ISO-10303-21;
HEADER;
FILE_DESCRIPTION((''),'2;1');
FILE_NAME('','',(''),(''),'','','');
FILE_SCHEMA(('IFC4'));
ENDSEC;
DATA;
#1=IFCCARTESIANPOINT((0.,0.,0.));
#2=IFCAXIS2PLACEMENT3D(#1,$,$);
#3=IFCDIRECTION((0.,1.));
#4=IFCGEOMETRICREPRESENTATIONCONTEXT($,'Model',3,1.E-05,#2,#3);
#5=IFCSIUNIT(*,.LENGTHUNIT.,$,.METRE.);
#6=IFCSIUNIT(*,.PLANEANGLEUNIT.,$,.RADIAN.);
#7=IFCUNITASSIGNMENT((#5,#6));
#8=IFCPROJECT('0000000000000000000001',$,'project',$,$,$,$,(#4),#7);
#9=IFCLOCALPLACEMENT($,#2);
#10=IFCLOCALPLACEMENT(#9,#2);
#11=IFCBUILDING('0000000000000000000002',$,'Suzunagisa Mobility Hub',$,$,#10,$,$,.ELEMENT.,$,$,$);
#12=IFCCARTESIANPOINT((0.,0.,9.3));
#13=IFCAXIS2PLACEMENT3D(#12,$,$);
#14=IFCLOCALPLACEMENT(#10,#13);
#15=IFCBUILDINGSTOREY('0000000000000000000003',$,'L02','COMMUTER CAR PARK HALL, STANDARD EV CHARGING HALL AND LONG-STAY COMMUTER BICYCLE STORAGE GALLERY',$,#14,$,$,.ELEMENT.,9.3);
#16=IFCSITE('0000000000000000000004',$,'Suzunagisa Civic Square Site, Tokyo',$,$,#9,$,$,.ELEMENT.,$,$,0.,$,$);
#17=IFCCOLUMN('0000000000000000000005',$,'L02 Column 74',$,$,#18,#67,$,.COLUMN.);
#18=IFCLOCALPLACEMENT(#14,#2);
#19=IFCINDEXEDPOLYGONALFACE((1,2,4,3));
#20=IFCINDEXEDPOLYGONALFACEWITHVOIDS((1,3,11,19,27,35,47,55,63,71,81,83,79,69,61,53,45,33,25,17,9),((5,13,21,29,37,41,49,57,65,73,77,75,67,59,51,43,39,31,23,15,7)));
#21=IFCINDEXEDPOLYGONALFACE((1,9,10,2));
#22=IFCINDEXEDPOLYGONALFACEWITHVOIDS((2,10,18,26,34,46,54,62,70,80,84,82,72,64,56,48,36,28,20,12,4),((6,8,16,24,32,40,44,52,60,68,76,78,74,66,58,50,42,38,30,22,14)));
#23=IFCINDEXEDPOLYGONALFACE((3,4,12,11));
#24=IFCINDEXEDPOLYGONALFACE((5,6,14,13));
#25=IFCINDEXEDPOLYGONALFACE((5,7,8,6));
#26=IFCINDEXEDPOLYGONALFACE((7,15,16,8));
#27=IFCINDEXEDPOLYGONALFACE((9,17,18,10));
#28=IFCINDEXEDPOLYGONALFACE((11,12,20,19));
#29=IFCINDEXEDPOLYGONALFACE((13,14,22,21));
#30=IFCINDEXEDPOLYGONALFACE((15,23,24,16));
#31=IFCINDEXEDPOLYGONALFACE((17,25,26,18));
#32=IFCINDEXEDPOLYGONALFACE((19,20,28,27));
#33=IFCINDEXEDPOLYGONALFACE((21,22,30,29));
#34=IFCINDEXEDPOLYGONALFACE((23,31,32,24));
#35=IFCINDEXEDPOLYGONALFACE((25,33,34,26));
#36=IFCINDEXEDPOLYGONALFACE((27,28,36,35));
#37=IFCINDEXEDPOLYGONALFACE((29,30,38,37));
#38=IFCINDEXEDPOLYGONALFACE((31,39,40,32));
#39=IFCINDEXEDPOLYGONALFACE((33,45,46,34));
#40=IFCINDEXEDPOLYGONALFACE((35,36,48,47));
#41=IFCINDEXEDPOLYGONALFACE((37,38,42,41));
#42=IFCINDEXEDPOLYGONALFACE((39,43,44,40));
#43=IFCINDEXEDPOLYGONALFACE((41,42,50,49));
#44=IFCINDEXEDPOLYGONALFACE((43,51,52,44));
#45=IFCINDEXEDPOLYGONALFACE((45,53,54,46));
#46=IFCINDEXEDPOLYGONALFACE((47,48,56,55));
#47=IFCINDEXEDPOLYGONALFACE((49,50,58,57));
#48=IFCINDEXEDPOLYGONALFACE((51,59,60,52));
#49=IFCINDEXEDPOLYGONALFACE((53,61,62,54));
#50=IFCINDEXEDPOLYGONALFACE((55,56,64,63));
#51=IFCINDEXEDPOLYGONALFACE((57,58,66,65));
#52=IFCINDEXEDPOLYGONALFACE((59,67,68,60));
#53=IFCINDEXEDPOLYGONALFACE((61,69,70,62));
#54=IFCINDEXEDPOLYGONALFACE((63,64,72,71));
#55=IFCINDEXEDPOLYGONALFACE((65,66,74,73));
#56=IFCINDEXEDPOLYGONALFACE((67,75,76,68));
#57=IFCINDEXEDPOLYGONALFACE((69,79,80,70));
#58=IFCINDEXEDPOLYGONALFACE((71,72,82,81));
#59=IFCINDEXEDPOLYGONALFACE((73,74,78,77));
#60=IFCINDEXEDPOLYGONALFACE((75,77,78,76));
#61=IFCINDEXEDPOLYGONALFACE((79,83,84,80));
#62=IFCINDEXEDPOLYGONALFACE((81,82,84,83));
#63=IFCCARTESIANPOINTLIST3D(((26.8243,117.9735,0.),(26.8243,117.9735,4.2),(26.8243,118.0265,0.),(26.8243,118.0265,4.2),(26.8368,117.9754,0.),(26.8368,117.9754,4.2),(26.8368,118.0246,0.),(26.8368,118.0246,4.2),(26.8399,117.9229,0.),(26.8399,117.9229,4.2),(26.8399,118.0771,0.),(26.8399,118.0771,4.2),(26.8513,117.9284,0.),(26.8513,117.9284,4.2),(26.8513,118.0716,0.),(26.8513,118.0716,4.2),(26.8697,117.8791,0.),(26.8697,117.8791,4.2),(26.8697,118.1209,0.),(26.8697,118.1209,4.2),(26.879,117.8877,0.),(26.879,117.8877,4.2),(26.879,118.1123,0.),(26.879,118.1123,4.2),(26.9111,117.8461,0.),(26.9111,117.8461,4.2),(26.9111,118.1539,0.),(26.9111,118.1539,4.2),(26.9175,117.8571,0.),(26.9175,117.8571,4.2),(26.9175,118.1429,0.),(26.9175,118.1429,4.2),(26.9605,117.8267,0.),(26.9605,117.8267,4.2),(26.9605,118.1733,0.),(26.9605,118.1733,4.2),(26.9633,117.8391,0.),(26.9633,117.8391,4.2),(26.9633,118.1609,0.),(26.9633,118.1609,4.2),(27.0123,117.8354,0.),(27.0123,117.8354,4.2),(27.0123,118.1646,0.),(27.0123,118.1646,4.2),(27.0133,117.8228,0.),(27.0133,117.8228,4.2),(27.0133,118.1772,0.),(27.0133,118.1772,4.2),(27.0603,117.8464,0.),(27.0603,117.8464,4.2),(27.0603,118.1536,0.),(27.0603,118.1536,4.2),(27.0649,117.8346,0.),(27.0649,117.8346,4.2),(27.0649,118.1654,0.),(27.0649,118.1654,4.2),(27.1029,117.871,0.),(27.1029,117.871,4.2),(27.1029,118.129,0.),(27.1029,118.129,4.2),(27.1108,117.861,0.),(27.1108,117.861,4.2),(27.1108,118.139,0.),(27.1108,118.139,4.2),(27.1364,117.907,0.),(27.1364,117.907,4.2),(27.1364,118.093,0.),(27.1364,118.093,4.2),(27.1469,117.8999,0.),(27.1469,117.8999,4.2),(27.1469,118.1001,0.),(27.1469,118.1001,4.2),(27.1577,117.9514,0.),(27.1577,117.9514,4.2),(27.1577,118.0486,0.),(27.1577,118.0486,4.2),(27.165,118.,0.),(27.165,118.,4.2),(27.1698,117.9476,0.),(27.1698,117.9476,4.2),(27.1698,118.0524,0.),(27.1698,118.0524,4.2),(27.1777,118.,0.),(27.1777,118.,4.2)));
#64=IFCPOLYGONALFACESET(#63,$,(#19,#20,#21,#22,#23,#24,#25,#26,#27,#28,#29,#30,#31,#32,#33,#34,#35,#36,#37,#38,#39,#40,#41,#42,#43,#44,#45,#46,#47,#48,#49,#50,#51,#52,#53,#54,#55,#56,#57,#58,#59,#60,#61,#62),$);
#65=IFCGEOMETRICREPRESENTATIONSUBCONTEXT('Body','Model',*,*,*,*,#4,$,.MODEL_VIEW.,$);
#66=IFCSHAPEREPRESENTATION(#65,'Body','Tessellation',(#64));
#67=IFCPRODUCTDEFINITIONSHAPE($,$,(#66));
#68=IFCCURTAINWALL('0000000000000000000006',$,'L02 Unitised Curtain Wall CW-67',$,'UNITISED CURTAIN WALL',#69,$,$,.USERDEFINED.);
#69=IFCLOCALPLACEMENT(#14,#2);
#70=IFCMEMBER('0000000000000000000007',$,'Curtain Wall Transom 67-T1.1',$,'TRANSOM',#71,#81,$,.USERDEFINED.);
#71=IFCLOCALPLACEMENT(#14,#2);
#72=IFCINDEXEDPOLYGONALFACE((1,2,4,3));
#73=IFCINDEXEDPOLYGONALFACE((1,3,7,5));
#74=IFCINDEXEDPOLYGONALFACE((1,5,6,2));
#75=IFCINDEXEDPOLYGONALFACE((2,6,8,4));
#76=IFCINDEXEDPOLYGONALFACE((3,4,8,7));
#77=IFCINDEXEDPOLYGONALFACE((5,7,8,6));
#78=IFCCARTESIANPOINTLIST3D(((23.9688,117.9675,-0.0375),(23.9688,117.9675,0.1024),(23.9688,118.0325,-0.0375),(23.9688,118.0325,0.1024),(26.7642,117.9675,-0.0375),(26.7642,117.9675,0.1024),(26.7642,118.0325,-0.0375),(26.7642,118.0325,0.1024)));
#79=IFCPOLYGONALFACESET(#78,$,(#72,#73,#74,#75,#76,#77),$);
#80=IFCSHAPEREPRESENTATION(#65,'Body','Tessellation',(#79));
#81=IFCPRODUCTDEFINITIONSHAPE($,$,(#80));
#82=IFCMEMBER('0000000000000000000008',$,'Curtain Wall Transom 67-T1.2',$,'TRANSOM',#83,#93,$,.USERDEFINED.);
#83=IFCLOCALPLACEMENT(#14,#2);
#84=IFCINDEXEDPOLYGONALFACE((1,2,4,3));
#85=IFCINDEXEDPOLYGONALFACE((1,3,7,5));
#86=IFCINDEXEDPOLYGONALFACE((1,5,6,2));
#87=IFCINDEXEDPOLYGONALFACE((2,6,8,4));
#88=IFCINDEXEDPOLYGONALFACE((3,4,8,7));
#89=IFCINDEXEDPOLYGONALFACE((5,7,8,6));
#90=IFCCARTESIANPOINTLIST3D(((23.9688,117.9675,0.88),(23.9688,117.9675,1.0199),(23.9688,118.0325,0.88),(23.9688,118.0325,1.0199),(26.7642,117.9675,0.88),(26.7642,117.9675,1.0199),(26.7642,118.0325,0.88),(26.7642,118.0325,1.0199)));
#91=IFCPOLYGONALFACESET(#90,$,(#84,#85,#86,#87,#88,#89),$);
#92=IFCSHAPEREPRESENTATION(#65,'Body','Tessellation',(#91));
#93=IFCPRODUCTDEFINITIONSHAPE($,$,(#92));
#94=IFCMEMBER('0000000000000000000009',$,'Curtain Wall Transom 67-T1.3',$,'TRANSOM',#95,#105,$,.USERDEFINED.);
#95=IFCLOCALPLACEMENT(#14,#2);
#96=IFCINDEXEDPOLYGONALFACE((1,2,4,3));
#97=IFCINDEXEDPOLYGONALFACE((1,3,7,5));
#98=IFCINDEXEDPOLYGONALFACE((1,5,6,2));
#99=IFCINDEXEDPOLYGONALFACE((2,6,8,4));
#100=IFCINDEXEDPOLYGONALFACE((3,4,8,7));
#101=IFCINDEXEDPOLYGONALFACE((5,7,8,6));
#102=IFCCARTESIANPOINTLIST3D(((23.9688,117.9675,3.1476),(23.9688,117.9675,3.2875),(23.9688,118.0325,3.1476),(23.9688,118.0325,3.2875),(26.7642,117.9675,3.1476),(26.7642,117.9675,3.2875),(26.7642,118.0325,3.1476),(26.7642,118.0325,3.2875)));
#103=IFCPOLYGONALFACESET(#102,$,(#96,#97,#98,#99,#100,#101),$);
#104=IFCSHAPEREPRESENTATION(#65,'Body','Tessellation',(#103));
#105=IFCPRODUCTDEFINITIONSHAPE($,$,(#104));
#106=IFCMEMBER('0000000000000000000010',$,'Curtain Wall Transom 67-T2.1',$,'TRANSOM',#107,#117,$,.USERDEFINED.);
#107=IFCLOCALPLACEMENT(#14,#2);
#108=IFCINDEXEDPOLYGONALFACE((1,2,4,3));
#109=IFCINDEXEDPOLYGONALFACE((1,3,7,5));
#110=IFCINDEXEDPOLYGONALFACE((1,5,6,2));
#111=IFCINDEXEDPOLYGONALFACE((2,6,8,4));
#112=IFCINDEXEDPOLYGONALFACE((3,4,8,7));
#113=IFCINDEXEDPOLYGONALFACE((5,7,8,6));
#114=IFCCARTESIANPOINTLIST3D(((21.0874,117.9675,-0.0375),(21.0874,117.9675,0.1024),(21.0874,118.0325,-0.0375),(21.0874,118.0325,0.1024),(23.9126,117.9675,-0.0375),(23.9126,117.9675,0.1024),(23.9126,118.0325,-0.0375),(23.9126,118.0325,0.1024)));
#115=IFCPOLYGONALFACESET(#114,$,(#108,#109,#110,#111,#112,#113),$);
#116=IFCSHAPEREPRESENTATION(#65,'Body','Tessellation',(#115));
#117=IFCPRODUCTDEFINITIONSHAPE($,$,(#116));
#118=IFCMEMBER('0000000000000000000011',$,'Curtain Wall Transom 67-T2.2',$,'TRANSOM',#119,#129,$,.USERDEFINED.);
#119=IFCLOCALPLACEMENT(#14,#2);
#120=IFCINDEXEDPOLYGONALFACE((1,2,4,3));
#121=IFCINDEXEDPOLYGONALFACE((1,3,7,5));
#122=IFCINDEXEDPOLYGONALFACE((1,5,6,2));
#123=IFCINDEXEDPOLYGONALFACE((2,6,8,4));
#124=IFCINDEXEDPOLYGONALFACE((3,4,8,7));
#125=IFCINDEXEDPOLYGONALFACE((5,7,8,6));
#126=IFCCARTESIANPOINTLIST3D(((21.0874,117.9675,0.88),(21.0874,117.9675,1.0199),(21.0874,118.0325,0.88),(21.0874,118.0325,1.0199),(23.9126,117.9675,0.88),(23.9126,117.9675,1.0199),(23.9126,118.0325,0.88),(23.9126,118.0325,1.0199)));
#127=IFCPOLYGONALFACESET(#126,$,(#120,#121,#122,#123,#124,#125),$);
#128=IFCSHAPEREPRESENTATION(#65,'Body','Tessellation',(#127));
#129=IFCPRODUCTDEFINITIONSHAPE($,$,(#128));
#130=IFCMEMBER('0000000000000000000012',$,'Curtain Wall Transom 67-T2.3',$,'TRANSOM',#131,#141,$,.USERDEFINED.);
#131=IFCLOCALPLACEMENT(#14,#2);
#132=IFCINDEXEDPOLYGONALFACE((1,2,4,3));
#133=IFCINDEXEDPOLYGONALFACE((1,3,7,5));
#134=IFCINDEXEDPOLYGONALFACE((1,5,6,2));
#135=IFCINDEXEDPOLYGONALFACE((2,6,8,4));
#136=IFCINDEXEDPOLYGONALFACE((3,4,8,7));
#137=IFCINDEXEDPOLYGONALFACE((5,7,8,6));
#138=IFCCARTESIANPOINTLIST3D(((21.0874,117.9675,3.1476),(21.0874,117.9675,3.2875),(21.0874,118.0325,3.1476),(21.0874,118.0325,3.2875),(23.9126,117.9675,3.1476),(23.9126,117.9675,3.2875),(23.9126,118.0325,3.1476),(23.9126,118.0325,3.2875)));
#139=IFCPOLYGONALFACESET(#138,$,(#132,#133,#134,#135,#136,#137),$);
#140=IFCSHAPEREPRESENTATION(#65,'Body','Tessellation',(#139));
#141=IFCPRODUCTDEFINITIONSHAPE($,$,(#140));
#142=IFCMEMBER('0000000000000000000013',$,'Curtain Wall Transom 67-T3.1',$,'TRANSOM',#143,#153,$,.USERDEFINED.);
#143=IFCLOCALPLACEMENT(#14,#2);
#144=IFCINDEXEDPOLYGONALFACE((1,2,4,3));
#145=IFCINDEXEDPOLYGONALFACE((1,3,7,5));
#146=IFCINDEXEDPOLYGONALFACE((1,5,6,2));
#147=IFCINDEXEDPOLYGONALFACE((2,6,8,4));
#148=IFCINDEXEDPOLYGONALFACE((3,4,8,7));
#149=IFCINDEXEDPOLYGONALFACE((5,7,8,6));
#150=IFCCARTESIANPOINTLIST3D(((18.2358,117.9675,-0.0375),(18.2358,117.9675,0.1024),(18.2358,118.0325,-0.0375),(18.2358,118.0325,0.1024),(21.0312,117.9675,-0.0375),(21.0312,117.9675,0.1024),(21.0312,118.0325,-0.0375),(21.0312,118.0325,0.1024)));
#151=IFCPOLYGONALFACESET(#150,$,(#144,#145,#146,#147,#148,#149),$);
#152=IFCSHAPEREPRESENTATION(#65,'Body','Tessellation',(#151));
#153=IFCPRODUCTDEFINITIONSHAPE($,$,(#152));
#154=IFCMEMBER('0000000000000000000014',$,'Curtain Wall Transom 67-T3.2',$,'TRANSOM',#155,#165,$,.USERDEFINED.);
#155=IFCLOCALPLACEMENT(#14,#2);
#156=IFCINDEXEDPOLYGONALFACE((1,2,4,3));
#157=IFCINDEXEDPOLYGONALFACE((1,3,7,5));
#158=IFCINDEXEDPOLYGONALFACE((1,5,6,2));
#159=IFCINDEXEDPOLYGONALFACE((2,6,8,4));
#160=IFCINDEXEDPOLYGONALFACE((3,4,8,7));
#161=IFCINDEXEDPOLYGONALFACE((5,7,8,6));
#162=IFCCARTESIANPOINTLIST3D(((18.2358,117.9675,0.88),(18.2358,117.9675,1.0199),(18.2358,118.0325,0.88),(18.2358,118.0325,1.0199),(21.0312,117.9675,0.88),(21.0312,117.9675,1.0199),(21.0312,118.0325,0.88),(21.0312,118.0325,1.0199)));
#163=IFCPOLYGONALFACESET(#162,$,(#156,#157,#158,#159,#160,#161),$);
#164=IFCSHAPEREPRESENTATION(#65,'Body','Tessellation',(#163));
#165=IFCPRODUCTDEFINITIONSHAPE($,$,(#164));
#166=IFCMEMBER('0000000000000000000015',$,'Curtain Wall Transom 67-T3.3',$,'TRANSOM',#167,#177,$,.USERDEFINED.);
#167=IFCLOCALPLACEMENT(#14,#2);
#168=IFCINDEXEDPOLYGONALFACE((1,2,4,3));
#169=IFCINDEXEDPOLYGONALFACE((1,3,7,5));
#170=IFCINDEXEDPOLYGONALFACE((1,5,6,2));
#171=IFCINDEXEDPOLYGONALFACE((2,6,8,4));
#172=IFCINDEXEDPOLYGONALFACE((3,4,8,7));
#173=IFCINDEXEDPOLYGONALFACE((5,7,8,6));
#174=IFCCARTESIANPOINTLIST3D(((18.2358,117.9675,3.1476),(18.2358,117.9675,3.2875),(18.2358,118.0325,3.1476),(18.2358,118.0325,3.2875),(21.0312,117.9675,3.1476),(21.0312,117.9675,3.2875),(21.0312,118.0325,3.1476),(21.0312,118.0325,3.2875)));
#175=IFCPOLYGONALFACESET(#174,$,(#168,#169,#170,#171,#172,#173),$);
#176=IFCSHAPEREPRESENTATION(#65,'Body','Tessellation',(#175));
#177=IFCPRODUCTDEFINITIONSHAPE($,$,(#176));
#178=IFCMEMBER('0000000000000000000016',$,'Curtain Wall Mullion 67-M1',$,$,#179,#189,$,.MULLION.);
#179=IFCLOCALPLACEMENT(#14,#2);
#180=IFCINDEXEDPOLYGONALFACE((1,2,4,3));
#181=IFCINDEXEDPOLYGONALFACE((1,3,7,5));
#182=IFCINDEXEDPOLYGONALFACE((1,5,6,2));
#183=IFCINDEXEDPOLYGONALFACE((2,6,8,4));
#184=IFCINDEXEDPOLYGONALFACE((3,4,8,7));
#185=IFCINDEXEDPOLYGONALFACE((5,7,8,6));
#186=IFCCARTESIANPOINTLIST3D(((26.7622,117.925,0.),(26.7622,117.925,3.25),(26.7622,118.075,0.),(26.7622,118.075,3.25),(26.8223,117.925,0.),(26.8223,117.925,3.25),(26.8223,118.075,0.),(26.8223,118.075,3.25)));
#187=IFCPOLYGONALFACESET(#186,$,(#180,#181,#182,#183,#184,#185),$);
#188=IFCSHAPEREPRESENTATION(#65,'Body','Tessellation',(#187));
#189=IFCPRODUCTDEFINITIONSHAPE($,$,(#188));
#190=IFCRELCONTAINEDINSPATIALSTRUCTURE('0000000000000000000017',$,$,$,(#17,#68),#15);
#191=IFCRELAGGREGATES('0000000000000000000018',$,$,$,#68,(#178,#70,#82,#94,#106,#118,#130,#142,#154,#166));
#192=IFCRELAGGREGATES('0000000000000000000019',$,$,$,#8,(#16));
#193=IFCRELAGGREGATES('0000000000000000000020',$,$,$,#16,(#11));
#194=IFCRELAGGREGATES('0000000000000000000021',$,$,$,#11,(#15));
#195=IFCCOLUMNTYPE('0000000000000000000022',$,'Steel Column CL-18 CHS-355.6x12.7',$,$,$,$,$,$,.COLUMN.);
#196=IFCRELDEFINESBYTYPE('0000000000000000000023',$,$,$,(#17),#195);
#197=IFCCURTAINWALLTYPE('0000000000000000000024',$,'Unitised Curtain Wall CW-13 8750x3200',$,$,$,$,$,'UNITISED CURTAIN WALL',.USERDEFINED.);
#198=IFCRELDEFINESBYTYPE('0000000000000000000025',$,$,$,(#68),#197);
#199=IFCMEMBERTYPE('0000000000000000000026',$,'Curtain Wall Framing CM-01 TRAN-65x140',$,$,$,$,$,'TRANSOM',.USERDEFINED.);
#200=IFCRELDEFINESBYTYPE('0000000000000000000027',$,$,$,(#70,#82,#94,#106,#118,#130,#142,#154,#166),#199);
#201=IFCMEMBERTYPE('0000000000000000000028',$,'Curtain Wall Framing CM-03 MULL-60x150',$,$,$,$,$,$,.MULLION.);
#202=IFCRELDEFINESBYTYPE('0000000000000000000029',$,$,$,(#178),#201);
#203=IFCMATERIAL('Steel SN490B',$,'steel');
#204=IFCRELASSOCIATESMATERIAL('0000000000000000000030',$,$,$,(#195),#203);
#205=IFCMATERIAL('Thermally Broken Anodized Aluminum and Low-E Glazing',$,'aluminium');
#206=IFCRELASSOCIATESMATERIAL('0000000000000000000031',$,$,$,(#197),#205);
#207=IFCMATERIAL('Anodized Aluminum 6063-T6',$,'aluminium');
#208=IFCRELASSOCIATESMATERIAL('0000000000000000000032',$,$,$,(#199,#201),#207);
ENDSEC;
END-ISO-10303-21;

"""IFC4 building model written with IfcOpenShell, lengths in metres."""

from ifc_helpers import new_model, si_unit, direction, frame, origin, origin_2d, place, context, subcontext, project, spatial, rectangle, hollow_circle, extrude, material, material_profile, profile_set, type_object, element, aggregate, save


model = new_model("IFC4")

# Units and contexts
model_context = context("Model", 3, precision=1e-05, world=origin(), true_north=direction((0.0, 1.0)))
body_context = subcontext(model_context, "Body", "Model", "MODEL_VIEW")
ifc_project = project(units=[si_unit("LENGTHUNIT", "METRE"), si_unit("PLANEANGLEUNIT", "RADIAN")], contexts=[model_context])

# Site, building, storey
site_placement = place(None, origin())
site = spatial("IfcSite", under=ifc_project, at=site_placement, Name="Suzunagisa Civic Square Site, Tokyo", CompositionType="ELEMENT", RefElevation=0.0)
building_placement = place(site_placement, origin())
building = spatial("IfcBuilding", under=site, at=building_placement, Name="Suzunagisa Mobility Hub", CompositionType="ELEMENT")
storey_placement = place(building_placement, frame((0.0, 0.0, 9.3)))
storey = spatial("IfcBuildingStorey", under=building, at=storey_placement, Name="L02", Description="COMMUTER CAR PARK HALL, STANDARD EV CHARGING HALL AND LONG-STAY COMMUTER BICYCLE STORAGE GALLERY", CompositionType="ELEMENT", Elevation=9.3)

# Column
ifc_material_1 = material(Name="Steel SN490B", Category="steel")
ifc_material_profile_1 = material_profile(ifc_material_1, hollow_circle(Radius=0.1777, WallThickness=0.0127, at=origin_2d()), Name="CHS-355.6x12.7")
ifc_profile_set_1 = profile_set([ifc_material_profile_1], Name="Steel SN490B")
column_type = type_object("IfcColumnType", Name="Steel Column CL-18 CHS-355.6x12.7", PredefinedType="COLUMN", material=ifc_profile_set_1)
for number, where, z_axis, x_axis, name in (
    (1, (27.0, 118.0, 0.0), (0.0, 0.0, 1.0), (1.0, 0.0, 0.0), "L02 Column 74"),
):
    element("IfcColumn", number, at=place(storey_placement, frame(where, z_axis=z_axis, x_axis=x_axis)), inside=storey, type_object=column_type, Name=name, PredefinedType="COLUMN", context=body_context, shape_type="SweptSolid", body=[
        extrude(hollow_circle(Radius=0.1777, WallThickness=0.0127, at=origin_2d()), origin(), (0.0, 0.0, 1.0), 4.2),
    ])

# Curtain wall, members
ifc_material_2 = material(Name="Thermally Broken Anodized Aluminum and Low-E Glazing", Category="aluminium")
curtain_wall_type = type_object("IfcCurtainWallType", Name="Unitised Curtain Wall CW-13 8750x3200", ElementType="UNITISED CURTAIN WALL", PredefinedType="USERDEFINED", material=ifc_material_2)
curtain_wall_placement = place(storey_placement, origin())
curtain_wall = element("IfcCurtainWall", 2, at=curtain_wall_placement, inside=storey, type_object=curtain_wall_type, Name="L02 Unitised Curtain Wall CW-67", ObjectType="UNITISED CURTAIN WALL", PredefinedType="USERDEFINED")
ifc_material_3 = material(Name="Anodized Aluminum 6063-T6", Category="aluminium")
ifc_material_profile_2 = material_profile(ifc_material_3, rectangle(XDim=0.0649, YDim=0.1399, at=origin_2d()), Name="TRAN-65x140")
ifc_profile_set_2 = profile_set([ifc_material_profile_2], Name="Anodized Aluminum 6063-T6")
member_type_1 = type_object("IfcMemberType", Name="Curtain Wall Framing CM-01 TRAN-65x140", ElementType="TRANSOM", PredefinedType="USERDEFINED", material=ifc_profile_set_2)
member_1_placement = place(storey_placement, frame((26.7642, 118.0, 0.0325), z_axis=(-1.0, 0.0, 0.0), x_axis=(0.0, -1.0, 0.0)))
member_1 = element("IfcMember", 3, at=member_1_placement, type_object=member_type_1, Name="Curtain Wall Transom 67-T1.1", ObjectType="TRANSOM", PredefinedType="USERDEFINED", context=body_context, shape_type="SweptSolid", body=[
    extrude(rectangle(XDim=0.0649, YDim=0.1399, at=origin_2d()), origin(), (0.0, 0.0, 1.0), 2.7954),
])
member_2_placement = place(storey_placement, frame((26.7642, 118.0, 0.95), z_axis=(-1.0, 0.0, 0.0), x_axis=(0.0, -1.0, 0.0)))
member_2 = element("IfcMember", 4, at=member_2_placement, type_object=member_type_1, Name="Curtain Wall Transom 67-T1.2", ObjectType="TRANSOM", PredefinedType="USERDEFINED", context=body_context, shape_type="SweptSolid", body=[
    extrude(rectangle(XDim=0.0649, YDim=0.1399, at=origin_2d()), origin(), (0.0, 0.0, 1.0), 2.7954),
])
member_3_placement = place(storey_placement, frame((26.7642, 118.0, 3.2175), z_axis=(-1.0, 0.0, 0.0), x_axis=(0.0, -1.0, 0.0)))
member_3 = element("IfcMember", 5, at=member_3_placement, type_object=member_type_1, Name="Curtain Wall Transom 67-T1.3", ObjectType="TRANSOM", PredefinedType="USERDEFINED", context=body_context, shape_type="SweptSolid", body=[
    extrude(rectangle(XDim=0.0649, YDim=0.1399, at=origin_2d()), origin(), (0.0, 0.0, 1.0), 2.7954),
])
member_4_placement = place(storey_placement, frame((23.9126, 118.0, 0.0325), z_axis=(-1.0, 0.0, 0.0), x_axis=(0.0, -1.0, 0.0)))
member_4 = element("IfcMember", 6, at=member_4_placement, type_object=member_type_1, Name="Curtain Wall Transom 67-T2.1", ObjectType="TRANSOM", PredefinedType="USERDEFINED", context=body_context, shape_type="SweptSolid", body=[
    extrude(rectangle(XDim=0.0649, YDim=0.1399, at=origin_2d()), origin(), (0.0, 0.0, 1.0), 2.8252),
])
member_5_placement = place(storey_placement, frame((23.9126, 118.0, 0.95), z_axis=(-1.0, 0.0, 0.0), x_axis=(0.0, -1.0, 0.0)))
member_5 = element("IfcMember", 7, at=member_5_placement, type_object=member_type_1, Name="Curtain Wall Transom 67-T2.2", ObjectType="TRANSOM", PredefinedType="USERDEFINED", context=body_context, shape_type="SweptSolid", body=[
    extrude(rectangle(XDim=0.0649, YDim=0.1399, at=origin_2d()), origin(), (0.0, 0.0, 1.0), 2.8252),
])
member_6_placement = place(storey_placement, frame((23.9126, 118.0, 3.2175), z_axis=(-1.0, 0.0, 0.0), x_axis=(0.0, -1.0, 0.0)))
member_6 = element("IfcMember", 8, at=member_6_placement, type_object=member_type_1, Name="Curtain Wall Transom 67-T2.3", ObjectType="TRANSOM", PredefinedType="USERDEFINED", context=body_context, shape_type="SweptSolid", body=[
    extrude(rectangle(XDim=0.0649, YDim=0.1399, at=origin_2d()), origin(), (0.0, 0.0, 1.0), 2.8252),
])
member_7_placement = place(storey_placement, frame((21.0312, 118.0, 0.0325), z_axis=(-1.0, 0.0, 0.0), x_axis=(0.0, -1.0, 0.0)))
member_7 = element("IfcMember", 9, at=member_7_placement, type_object=member_type_1, Name="Curtain Wall Transom 67-T3.1", ObjectType="TRANSOM", PredefinedType="USERDEFINED", context=body_context, shape_type="SweptSolid", body=[
    extrude(rectangle(XDim=0.0649, YDim=0.1399, at=origin_2d()), origin(), (0.0, 0.0, 1.0), 2.7954),
])
member_8_placement = place(storey_placement, frame((21.0312, 118.0, 0.95), z_axis=(-1.0, 0.0, 0.0), x_axis=(0.0, -1.0, 0.0)))
member_8 = element("IfcMember", 10, at=member_8_placement, type_object=member_type_1, Name="Curtain Wall Transom 67-T3.2", ObjectType="TRANSOM", PredefinedType="USERDEFINED", context=body_context, shape_type="SweptSolid", body=[
    extrude(rectangle(XDim=0.0649, YDim=0.1399, at=origin_2d()), origin(), (0.0, 0.0, 1.0), 2.7954),
])
member_9_placement = place(storey_placement, frame((21.0312, 118.0, 3.2175), z_axis=(-1.0, 0.0, 0.0), x_axis=(0.0, -1.0, 0.0)))
member_9 = element("IfcMember", 11, at=member_9_placement, type_object=member_type_1, Name="Curtain Wall Transom 67-T3.3", ObjectType="TRANSOM", PredefinedType="USERDEFINED", context=body_context, shape_type="SweptSolid", body=[
    extrude(rectangle(XDim=0.0649, YDim=0.1399, at=origin_2d()), origin(), (0.0, 0.0, 1.0), 2.7954),
])
ifc_material_profile_3 = material_profile(ifc_material_3, rectangle(XDim=0.0601, YDim=0.1499, at=origin_2d()), Name="MULL-60x150")
ifc_profile_set_3 = profile_set([ifc_material_profile_3], Name="Anodized Aluminum 6063-T6")
member_type_2 = type_object("IfcMemberType", Name="Curtain Wall Framing CM-03 MULL-60x150", PredefinedType="MULLION", material=ifc_profile_set_3)
member_10_placement = place(storey_placement, frame((26.7922, 118.0, 0.0), z_axis=(0.0, 0.0, 1.0), x_axis=(-1.0, 0.0, 0.0)))
member_10 = element("IfcMember", 12, at=member_10_placement, type_object=member_type_2, Name="Curtain Wall Mullion 67-M1", PredefinedType="MULLION", context=body_context, shape_type="SweptSolid", body=[
    extrude(rectangle(XDim=0.0601, YDim=0.1499, at=origin_2d()), origin(), (0.0, 0.0, 1.0), 3.25),
])

aggregate(curtain_wall, [member_10, member_1, member_2, member_3, member_4, member_5, member_6, member_7, member_8, member_9])

save(model, "model.ifc")
